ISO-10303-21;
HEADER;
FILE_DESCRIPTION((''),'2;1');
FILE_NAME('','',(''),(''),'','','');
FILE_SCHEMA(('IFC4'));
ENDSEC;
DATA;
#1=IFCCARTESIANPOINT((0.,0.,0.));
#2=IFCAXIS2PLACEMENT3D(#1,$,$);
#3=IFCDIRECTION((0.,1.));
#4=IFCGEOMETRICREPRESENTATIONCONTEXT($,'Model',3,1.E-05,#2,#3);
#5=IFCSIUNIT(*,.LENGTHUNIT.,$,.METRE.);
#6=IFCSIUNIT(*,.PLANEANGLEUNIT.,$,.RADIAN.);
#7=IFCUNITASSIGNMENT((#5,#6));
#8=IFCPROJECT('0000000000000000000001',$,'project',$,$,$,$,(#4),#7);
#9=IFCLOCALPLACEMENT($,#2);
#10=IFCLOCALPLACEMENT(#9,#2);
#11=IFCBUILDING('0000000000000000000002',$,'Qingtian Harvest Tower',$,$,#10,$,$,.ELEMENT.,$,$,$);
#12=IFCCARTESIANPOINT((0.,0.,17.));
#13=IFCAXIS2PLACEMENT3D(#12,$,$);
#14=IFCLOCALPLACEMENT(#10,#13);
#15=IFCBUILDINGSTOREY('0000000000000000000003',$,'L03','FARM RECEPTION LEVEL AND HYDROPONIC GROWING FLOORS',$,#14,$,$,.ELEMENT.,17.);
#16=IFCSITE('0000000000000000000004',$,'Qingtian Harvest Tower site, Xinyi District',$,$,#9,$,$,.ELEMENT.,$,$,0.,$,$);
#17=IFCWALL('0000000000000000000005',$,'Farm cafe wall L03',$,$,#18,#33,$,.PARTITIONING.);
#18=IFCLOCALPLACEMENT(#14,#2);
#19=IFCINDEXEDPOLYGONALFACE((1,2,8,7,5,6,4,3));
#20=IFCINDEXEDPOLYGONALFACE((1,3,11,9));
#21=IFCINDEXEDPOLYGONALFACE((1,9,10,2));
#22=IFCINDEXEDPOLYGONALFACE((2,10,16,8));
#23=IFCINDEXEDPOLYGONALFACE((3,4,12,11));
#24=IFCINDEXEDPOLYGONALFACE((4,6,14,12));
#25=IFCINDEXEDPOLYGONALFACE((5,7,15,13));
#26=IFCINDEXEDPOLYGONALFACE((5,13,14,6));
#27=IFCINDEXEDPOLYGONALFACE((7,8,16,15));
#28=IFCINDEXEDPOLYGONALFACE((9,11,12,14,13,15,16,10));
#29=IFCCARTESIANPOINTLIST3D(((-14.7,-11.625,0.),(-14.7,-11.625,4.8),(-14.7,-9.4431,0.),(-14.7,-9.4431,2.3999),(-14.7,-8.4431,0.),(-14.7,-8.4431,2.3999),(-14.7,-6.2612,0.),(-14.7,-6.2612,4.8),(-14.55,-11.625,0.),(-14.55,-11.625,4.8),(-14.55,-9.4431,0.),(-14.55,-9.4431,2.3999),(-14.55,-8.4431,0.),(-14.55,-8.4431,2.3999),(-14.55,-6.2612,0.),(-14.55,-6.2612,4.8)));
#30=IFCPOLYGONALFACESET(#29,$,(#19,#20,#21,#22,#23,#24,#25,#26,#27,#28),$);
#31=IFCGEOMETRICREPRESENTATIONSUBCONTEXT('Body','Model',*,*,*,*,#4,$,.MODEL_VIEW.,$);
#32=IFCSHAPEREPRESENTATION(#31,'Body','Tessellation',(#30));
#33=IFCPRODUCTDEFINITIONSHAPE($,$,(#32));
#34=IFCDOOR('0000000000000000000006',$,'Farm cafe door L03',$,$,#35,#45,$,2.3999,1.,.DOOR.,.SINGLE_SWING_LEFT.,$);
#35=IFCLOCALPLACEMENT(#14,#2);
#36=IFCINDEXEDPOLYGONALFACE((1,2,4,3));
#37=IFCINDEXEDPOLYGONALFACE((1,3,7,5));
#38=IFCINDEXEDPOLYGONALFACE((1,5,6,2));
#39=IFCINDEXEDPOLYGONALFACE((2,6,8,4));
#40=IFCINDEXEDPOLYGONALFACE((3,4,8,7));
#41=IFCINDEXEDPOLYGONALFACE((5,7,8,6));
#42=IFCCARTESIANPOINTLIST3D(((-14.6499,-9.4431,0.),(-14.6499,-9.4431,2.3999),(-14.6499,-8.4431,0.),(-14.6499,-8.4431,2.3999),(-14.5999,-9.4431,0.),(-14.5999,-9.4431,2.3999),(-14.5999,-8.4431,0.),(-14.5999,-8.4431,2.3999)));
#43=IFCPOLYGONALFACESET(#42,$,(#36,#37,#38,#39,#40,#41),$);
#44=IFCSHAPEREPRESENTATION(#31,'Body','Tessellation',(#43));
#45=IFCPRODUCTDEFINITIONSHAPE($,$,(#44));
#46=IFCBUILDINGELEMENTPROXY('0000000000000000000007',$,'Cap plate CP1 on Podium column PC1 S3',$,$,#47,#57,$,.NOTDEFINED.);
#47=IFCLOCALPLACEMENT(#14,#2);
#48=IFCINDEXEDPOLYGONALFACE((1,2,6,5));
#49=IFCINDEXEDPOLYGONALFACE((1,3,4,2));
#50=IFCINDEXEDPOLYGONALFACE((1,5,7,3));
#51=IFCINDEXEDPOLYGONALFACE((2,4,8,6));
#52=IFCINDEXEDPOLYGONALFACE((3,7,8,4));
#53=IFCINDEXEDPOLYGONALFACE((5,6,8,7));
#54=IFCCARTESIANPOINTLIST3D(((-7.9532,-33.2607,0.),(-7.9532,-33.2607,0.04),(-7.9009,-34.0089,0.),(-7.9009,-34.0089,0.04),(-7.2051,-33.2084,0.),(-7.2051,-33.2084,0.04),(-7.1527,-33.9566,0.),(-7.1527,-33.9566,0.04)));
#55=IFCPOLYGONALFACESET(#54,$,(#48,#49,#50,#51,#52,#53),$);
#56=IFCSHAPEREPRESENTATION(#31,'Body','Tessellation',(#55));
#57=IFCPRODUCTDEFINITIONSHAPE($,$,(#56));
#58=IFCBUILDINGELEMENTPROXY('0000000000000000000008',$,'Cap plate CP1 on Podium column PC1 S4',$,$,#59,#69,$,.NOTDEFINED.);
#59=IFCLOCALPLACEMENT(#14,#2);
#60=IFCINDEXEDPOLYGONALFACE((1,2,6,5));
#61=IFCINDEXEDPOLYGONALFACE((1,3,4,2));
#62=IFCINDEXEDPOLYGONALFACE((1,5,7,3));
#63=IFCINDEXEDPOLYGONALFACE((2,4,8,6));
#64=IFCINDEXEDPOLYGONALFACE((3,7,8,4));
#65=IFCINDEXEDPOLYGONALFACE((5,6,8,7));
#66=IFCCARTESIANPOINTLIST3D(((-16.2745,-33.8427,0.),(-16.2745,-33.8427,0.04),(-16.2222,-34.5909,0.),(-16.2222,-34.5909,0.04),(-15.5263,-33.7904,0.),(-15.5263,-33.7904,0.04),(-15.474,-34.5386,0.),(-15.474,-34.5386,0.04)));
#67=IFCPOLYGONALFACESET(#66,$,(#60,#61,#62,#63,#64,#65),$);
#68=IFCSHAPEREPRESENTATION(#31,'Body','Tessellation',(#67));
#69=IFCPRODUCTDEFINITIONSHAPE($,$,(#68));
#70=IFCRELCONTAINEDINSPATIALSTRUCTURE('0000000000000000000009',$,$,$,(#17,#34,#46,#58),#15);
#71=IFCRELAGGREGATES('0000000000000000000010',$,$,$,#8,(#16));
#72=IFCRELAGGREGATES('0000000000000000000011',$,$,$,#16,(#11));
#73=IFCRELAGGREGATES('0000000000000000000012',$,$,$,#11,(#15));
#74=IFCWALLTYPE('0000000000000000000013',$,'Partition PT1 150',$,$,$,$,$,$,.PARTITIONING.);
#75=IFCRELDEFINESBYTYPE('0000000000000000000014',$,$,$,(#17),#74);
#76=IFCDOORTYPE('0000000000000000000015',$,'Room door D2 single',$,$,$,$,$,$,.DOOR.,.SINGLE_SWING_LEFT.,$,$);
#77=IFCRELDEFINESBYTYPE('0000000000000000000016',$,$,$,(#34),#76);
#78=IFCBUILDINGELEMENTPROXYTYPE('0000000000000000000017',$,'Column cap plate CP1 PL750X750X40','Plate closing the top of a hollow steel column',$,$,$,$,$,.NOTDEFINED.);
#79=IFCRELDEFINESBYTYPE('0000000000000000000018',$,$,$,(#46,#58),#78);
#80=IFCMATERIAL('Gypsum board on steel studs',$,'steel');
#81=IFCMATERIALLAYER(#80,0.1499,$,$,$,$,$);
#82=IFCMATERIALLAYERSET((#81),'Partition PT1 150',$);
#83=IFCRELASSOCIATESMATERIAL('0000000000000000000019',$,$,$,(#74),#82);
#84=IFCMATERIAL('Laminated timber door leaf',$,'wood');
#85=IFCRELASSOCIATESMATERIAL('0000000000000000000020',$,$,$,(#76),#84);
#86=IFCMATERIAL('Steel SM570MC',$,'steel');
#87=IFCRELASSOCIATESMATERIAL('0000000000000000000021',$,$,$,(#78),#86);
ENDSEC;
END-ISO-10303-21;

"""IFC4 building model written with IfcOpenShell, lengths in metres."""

from ifc_helpers import new_model, si_unit, direction, frame, frame_2d, origin, origin_2d, place, context, subcontext, project, spatial, rectangle, extrude, material, layer, layer_set, material_profile, profile_set, type_object, element, fill, save


model = new_model("IFC4")

# Units and contexts
model_context = context("Model", 3, precision=1e-05, world=origin(), true_north=direction((0.0, 1.0)))
body_context = subcontext(model_context, "Body", "Model", "MODEL_VIEW")
ifc_project = project(units=[si_unit("LENGTHUNIT", "METRE"), si_unit("PLANEANGLEUNIT", "RADIAN")], contexts=[model_context])

# Site, building, storey
site_placement = place(None, origin())
site = spatial("IfcSite", under=ifc_project, at=site_placement, Name="Qingtian Harvest Tower site, Xinyi District", CompositionType="ELEMENT", RefElevation=0.0)
building_placement = place(site_placement, origin())
building = spatial("IfcBuilding", under=site, at=building_placement, Name="Qingtian Harvest Tower", CompositionType="ELEMENT")
storey_placement = place(building_placement, frame((0.0, 0.0, 17.0)))
storey = spatial("IfcBuildingStorey", under=building, at=storey_placement, Name="L03", Description="FARM RECEPTION LEVEL AND HYDROPONIC GROWING FLOORS", CompositionType="ELEMENT", Elevation=17.0)

# Shared definitions
ifc_material_1 = material(Name="Gypsum board on steel studs", Category="steel")
ifc_layer_1 = layer(ifc_material_1, 0.1499)
ifc_layer_set_1 = layer_set([ifc_layer_1], Name="Partition PT1 150")
wall_type = type_object("IfcWallType", Name="Partition PT1 150", PredefinedType="PARTITIONING", material=ifc_layer_set_1)

# Wall, opening, door
wall_1_placement = place(storey_placement, frame((-14.625, -11.625, 0.0), z_axis=(0.0, 0.0, 1.0), x_axis=(0.0, 1.0, 0.0)))
wall_1 = element("IfcWall", 1, at=wall_1_placement, inside=storey, type_object=wall_type, Name="Farm cafe wall L03", PredefinedType="PARTITIONING", context=body_context, shape_type="SweptSolid", body=[
    extrude(rectangle(XDim=5.3638, YDim=0.1499, at=frame_2d((2.6819, 0.0))), origin(), (0.0, 0.0, 1.0), 4.8),
])
opening_placement = place(wall_1_placement, frame((2.1819, 0.0, 0.0)))
opening = element("IfcOpeningElement", 2, at=opening_placement, cuts=wall_1, PredefinedType="OPENING", context=body_context, shape_type="SweptSolid", body=[
    extrude(rectangle(XDim=1.0, YDim=2.3999, at=frame_2d((0.5, 1.2))), frame((0.0, 0.085, 0.0), z_axis=(0.0, -1.0, 0.0), x_axis=(1.0, 0.0, 0.0)), (0.0, 0.0, 1.0), 0.1699),
])
ifc_material_2 = material(Name="Laminated timber door leaf", Category="wood")
door_type = type_object("IfcDoorType", Name="Room door D2 single", OperationType="SINGLE_SWING_LEFT", PredefinedType="DOOR", material=ifc_material_2)
door_placement = place(opening_placement, origin())
door = element("IfcDoor", 3, at=door_placement, inside=storey, type_object=door_type, Name="Farm cafe door L03", OperationType="SINGLE_SWING_LEFT", OverallHeight=2.3999, OverallWidth=1.0, PredefinedType="DOOR", context=body_context, shape_type="SweptSolid", body=[
    extrude(rectangle(XDim=1.0, YDim=2.3999, at=frame_2d((0.5, 1.2))), frame((0.0, 0.0249, 0.0), z_axis=(0.0, -1.0, 0.0), x_axis=(1.0, 0.0, 0.0)), (0.0, 0.0, 1.0), 0.05),
])
fill(opening, door)

# Building element proxies
ifc_material_3 = material(Name="Steel SM570MC", Category="steel")
ifc_material_profile_1 = material_profile(ifc_material_3, rectangle(XDim=0.75, YDim=0.75, at=origin_2d()), Name="PL750X750X40")
ifc_profile_set_1 = profile_set([ifc_material_profile_1], Name="Steel SM570MC")
building_element_proxy_type = type_object("IfcBuildingElementProxyType", Name="Column cap plate CP1 PL750X750X40", Description="Plate closing the top of a hollow steel column", PredefinedType="NOTDEFINED", material=ifc_profile_set_1)
for number, where, z_axis, x_axis, name in (
    (4, (-7.553, -33.6086, 0.0), (0.0, 0.0, 1.0), (0.997564, 0.069756, 0.0), "Cap plate CP1 on Podium column PC1 S3"),
    (5, (-15.8743, -34.1907, 0.0), (0.0, 0.0, 1.0), (0.997564, 0.069756, 0.0), "Cap plate CP1 on Podium column PC1 S4"),
):
    element("IfcBuildingElementProxy", number, at=place(storey_placement, frame(where, z_axis=z_axis, x_axis=x_axis)), inside=storey, type_object=building_element_proxy_type, Name=name, PredefinedType="NOTDEFINED", context=body_context, shape_type="SweptSolid", body=[
        extrude(rectangle(XDim=0.75, YDim=0.75, at=origin_2d()), origin(), (0.0, 0.0, 1.0), 0.04),
    ])

save(model, "model.ifc")
